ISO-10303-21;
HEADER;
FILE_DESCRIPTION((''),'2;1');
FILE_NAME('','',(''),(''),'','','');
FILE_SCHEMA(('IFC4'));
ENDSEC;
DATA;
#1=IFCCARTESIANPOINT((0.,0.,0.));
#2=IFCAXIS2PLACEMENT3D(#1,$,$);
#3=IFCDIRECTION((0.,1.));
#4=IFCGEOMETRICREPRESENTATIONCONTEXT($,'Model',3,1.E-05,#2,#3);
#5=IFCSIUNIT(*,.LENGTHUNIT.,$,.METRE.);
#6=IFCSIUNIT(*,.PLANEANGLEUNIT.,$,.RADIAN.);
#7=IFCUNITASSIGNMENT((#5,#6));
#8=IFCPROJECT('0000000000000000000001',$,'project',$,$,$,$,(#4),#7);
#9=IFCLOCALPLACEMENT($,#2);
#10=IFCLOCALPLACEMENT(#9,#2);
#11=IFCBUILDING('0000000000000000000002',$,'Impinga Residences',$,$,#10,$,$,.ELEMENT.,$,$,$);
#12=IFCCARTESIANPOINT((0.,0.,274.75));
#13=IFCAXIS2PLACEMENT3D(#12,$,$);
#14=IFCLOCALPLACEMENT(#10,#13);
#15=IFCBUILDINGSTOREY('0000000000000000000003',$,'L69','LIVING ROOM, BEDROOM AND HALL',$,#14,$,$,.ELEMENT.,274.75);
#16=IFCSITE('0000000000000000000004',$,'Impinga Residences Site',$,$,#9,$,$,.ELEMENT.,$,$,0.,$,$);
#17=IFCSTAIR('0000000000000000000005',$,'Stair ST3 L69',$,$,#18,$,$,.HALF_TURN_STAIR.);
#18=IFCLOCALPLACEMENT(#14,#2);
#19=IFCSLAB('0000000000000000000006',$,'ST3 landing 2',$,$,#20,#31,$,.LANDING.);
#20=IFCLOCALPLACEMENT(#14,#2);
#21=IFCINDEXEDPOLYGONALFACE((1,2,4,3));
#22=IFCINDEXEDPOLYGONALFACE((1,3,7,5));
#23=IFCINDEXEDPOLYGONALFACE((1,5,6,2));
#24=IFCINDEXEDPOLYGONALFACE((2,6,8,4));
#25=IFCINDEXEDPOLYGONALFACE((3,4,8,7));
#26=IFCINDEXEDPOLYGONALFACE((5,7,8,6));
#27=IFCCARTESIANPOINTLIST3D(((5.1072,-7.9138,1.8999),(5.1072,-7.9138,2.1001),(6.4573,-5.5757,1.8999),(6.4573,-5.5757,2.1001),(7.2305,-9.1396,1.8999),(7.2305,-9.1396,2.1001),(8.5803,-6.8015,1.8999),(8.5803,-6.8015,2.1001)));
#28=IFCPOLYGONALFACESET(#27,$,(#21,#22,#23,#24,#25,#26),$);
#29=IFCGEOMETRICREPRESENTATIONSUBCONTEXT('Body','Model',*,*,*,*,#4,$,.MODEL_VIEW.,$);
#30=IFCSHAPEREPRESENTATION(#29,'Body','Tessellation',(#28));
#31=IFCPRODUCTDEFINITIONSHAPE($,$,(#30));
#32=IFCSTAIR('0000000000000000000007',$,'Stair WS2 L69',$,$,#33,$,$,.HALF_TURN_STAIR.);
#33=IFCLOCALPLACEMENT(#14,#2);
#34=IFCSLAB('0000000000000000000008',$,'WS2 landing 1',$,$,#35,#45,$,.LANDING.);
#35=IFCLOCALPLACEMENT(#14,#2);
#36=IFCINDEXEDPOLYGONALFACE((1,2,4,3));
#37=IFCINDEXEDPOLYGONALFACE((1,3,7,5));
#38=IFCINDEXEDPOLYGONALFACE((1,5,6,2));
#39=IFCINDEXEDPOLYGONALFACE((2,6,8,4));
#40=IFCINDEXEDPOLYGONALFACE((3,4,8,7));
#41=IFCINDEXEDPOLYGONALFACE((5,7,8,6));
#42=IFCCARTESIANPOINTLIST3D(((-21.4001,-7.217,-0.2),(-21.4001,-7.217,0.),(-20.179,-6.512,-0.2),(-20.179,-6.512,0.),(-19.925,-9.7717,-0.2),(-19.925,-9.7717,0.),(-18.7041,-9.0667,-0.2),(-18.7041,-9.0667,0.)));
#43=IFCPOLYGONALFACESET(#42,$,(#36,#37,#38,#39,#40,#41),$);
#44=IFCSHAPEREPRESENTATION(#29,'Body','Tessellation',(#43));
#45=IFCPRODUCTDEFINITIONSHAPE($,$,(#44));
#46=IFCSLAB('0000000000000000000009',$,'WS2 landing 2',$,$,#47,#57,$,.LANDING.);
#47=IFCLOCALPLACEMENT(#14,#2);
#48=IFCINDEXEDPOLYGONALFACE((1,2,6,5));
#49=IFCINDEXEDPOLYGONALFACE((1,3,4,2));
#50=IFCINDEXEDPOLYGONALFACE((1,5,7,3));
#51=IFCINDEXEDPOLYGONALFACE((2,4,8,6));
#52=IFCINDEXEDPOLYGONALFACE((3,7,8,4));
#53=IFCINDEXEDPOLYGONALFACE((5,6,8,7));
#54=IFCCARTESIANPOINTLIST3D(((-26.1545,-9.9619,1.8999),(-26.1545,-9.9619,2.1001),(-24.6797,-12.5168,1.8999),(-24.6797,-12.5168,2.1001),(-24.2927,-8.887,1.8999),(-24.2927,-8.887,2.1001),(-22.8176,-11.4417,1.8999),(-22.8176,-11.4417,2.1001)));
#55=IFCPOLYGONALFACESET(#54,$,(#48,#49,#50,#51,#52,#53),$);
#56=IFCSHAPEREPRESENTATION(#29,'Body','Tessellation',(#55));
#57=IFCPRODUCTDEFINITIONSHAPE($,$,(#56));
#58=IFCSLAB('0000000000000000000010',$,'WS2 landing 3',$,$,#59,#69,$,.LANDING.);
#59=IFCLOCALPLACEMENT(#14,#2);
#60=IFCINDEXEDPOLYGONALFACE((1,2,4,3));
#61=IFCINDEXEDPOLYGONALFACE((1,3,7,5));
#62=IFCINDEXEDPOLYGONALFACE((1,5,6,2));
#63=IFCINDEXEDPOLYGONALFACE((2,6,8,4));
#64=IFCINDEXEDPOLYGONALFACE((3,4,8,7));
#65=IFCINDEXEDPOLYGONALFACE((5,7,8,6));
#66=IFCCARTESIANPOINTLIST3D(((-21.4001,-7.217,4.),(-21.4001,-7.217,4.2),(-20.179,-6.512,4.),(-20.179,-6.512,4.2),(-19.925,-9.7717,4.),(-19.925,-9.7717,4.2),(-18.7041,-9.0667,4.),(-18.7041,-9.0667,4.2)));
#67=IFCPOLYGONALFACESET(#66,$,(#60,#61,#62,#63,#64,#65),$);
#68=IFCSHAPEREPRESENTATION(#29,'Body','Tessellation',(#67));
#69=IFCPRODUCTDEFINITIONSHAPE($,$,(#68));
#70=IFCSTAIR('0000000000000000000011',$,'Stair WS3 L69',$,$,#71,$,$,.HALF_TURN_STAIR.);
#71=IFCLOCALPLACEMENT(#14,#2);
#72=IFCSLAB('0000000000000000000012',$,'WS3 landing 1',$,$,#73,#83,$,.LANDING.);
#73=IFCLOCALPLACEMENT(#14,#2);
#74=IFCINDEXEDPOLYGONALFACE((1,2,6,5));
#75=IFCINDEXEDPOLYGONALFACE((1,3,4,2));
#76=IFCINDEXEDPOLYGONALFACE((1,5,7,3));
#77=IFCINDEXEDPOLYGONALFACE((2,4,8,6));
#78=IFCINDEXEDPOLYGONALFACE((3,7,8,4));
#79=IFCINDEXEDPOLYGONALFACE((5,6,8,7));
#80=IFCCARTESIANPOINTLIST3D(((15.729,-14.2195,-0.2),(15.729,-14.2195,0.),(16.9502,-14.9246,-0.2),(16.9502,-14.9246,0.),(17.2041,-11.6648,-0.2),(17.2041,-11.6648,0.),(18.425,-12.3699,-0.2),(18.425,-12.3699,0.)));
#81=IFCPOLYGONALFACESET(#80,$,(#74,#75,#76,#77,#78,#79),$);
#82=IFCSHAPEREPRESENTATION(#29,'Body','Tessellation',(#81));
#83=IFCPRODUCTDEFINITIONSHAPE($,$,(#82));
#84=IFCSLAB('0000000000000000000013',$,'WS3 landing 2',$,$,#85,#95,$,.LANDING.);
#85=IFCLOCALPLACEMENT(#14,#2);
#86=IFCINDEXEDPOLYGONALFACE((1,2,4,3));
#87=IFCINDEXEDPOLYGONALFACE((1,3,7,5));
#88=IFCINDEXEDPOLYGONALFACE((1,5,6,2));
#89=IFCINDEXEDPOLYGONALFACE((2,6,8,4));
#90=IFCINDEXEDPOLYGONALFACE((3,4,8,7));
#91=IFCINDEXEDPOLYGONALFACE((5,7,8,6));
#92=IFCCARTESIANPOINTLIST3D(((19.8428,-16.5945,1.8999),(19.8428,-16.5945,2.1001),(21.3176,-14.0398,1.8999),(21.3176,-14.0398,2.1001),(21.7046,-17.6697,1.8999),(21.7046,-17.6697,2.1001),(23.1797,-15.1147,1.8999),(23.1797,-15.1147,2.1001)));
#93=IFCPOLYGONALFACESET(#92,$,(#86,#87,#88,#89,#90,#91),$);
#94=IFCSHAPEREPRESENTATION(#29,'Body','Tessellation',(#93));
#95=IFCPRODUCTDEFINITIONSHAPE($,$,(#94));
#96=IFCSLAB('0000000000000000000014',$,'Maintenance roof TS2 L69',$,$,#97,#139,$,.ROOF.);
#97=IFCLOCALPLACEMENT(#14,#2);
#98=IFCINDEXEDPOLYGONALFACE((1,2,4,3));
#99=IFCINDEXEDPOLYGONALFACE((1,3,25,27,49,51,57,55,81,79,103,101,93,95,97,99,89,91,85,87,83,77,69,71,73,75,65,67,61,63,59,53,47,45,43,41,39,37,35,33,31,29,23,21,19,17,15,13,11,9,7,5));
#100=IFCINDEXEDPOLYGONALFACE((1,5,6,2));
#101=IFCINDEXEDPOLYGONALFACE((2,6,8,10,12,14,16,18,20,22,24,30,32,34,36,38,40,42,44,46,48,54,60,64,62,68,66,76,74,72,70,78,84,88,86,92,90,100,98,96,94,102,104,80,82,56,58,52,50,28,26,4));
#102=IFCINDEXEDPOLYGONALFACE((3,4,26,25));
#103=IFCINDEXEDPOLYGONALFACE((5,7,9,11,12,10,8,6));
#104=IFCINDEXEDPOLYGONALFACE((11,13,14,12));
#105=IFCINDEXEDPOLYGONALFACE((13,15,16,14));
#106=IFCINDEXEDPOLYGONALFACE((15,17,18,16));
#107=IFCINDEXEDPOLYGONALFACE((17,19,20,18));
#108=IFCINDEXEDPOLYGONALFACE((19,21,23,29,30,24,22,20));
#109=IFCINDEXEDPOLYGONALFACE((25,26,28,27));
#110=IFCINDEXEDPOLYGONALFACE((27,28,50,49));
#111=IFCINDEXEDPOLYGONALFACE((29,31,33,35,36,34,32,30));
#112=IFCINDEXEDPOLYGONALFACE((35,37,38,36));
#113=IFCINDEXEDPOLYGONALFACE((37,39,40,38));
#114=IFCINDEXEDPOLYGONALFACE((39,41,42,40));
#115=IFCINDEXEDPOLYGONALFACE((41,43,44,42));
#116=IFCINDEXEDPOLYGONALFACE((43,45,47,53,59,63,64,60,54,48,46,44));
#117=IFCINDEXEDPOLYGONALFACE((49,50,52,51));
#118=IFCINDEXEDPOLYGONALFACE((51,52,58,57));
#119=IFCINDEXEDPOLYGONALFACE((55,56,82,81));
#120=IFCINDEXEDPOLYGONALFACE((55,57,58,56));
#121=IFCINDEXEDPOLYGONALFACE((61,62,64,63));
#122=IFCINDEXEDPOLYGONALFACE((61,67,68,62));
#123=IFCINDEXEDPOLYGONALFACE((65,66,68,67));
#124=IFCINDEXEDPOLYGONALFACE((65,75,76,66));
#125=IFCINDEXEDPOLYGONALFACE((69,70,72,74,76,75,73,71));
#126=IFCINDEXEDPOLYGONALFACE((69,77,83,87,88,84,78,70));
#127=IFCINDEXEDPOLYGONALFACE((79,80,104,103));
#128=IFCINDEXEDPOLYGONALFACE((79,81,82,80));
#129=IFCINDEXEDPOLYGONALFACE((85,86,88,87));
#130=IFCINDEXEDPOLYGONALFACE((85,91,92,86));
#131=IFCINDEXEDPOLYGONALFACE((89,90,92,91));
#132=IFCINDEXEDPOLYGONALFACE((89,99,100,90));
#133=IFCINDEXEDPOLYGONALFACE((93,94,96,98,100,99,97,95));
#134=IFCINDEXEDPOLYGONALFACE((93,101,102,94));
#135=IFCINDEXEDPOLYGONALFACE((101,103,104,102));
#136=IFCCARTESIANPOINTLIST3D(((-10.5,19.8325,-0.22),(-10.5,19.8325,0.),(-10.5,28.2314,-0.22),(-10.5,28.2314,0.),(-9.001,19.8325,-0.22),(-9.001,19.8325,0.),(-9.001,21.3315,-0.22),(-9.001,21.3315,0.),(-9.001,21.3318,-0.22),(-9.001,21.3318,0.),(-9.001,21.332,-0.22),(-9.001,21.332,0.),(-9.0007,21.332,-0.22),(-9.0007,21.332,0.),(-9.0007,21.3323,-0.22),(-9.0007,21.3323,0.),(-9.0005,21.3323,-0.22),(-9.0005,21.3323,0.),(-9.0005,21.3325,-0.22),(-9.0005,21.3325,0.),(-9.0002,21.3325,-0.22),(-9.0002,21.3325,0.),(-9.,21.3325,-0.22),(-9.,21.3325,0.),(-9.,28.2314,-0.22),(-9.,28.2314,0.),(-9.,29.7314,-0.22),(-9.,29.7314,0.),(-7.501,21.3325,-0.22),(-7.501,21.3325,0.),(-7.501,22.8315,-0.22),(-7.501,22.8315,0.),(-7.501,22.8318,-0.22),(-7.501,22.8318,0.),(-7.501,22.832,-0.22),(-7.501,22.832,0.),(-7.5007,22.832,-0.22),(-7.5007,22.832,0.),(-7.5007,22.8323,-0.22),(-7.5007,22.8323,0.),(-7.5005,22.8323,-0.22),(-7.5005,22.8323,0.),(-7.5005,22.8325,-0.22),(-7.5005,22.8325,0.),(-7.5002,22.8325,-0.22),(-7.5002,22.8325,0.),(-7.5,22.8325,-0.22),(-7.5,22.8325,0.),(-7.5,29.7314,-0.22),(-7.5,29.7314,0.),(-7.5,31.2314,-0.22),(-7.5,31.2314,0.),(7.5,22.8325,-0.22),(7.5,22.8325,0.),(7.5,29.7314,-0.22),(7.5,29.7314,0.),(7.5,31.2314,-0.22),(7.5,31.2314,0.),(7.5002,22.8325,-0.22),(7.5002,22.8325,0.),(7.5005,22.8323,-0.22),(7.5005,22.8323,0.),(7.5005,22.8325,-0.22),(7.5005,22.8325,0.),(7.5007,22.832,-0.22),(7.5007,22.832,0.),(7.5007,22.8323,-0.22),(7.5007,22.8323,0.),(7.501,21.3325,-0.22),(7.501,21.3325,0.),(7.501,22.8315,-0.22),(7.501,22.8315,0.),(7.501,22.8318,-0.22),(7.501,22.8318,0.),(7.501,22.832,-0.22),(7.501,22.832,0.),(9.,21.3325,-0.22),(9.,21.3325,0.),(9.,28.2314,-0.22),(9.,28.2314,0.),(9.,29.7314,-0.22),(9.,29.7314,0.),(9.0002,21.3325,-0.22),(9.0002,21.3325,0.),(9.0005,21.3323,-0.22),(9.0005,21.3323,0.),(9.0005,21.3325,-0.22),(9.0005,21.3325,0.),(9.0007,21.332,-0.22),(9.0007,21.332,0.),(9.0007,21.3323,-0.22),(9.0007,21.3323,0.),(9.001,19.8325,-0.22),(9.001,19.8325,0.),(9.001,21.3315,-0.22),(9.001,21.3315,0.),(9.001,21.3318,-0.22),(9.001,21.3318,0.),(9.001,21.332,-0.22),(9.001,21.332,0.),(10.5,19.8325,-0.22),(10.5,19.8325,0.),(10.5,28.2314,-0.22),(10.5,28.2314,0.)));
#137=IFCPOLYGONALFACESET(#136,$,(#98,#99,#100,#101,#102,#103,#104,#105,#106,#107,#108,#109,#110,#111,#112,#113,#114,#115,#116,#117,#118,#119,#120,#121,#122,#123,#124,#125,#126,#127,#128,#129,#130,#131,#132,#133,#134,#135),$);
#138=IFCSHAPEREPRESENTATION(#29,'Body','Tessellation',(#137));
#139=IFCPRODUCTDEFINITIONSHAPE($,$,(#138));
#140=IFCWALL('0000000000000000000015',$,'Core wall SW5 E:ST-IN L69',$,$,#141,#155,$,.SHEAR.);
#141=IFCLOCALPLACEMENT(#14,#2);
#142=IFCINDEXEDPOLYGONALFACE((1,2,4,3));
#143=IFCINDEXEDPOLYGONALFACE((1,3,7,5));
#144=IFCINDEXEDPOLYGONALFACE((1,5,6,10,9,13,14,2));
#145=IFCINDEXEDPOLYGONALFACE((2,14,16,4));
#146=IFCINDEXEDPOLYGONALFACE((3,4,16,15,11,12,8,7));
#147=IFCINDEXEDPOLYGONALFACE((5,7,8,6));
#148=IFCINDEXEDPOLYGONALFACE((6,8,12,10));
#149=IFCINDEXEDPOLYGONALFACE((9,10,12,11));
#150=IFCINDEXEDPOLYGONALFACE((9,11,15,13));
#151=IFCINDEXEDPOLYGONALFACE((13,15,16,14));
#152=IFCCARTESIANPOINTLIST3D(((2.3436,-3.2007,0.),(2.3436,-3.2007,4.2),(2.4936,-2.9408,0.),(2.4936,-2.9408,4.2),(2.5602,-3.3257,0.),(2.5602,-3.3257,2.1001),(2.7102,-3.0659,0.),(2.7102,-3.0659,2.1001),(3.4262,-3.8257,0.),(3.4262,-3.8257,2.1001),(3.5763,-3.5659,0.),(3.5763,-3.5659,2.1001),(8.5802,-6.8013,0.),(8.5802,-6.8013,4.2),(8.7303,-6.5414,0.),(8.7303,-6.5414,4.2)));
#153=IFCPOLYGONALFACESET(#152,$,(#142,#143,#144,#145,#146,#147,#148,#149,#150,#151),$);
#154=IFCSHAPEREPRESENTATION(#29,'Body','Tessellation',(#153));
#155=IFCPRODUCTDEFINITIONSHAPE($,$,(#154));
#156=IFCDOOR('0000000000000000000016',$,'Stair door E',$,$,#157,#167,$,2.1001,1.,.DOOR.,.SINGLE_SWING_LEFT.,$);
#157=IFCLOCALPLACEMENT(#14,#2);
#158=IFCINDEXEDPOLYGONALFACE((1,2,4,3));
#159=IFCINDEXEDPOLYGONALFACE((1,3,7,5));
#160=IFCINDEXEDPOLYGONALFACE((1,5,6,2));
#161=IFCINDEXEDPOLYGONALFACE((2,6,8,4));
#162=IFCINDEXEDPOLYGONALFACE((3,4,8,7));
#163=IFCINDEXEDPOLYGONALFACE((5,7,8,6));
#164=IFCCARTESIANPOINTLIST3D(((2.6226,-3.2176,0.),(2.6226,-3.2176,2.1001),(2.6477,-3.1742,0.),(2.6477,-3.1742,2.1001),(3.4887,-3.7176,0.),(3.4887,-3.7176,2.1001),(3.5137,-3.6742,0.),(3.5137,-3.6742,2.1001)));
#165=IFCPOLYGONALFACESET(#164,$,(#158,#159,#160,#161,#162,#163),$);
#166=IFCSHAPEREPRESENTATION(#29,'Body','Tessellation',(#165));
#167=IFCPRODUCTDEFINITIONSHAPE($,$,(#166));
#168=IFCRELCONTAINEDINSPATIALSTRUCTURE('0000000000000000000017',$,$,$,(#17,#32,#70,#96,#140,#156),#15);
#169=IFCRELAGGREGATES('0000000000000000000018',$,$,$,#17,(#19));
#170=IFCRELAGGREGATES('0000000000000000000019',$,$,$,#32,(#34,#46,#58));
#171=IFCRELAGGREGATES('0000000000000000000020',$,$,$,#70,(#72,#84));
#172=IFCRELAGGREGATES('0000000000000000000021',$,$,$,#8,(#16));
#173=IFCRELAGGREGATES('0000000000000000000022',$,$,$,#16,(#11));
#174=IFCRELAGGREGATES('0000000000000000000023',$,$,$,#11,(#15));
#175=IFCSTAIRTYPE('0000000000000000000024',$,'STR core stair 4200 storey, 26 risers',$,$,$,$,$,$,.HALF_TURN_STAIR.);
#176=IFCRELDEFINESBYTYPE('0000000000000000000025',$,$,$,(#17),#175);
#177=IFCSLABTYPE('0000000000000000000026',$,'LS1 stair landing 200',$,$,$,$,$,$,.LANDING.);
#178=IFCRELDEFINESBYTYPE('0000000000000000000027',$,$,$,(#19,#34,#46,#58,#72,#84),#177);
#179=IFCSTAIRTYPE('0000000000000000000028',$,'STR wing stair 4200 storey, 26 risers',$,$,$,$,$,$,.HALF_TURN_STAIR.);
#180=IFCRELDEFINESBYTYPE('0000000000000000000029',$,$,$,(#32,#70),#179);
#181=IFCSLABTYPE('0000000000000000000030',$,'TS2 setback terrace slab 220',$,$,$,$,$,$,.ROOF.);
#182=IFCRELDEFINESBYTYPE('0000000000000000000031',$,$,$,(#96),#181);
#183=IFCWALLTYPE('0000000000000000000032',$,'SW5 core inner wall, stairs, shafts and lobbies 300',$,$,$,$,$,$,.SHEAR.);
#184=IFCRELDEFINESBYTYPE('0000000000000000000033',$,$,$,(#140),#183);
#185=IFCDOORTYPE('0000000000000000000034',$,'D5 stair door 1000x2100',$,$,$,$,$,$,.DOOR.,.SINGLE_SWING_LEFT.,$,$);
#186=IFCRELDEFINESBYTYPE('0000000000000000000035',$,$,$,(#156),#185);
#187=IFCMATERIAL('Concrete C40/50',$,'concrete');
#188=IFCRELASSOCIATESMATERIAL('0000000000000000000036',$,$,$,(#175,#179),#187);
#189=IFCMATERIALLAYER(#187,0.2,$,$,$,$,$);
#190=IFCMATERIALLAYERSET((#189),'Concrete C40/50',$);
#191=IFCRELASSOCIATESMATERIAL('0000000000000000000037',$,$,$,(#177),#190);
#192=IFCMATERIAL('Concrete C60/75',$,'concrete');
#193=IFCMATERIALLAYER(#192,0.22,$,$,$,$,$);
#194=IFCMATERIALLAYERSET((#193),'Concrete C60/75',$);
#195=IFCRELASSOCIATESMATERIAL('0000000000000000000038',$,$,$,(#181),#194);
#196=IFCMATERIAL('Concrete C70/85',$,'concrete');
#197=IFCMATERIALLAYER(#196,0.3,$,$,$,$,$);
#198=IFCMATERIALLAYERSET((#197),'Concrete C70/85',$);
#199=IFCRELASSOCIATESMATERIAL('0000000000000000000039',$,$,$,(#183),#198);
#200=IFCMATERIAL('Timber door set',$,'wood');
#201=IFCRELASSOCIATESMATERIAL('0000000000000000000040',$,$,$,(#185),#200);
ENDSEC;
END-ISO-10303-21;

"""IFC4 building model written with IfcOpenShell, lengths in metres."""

from ifc_helpers import new_model, si_unit, direction, frame, frame_2d, origin, place, context, subcontext, project, spatial, polyline, rectangle, outline, extrude, material, layer, layer_set, type_object, element, fill, aggregate, save


model = new_model("IFC4")

# Units and contexts
model_context = context("Model", 3, precision=1e-05, world=origin(), true_north=direction((0.0, 1.0)))
body_context = subcontext(model_context, "Body", "Model", "MODEL_VIEW")
ifc_project = project(units=[si_unit("LENGTHUNIT", "METRE"), si_unit("PLANEANGLEUNIT", "RADIAN")], contexts=[model_context])

# Site, building, storey
site_placement = place(None, origin())
site = spatial("IfcSite", under=ifc_project, at=site_placement, Name="Impinga Residences Site", CompositionType="ELEMENT", RefElevation=0.0)
building_placement = place(site_placement, origin())
building = spatial("IfcBuilding", under=site, at=building_placement, Name="Impinga Residences", CompositionType="ELEMENT")
storey_placement = place(building_placement, frame((0.0, 0.0, 274.75)))
storey = spatial("IfcBuildingStorey", under=building, at=storey_placement, Name="L69", Description="LIVING ROOM, BEDROOM AND HALL", CompositionType="ELEMENT", Elevation=274.75)

# Shared definitions
ifc_material_1 = material(Name="Concrete C60/75", Category="concrete")

# Stairs, slabs
ifc_material_2 = material(Name="Concrete C40/50", Category="concrete")
stair_type_1 = type_object("IfcStairType", Name="STR core stair 4200 storey, 26 risers", PredefinedType="HALF_TURN_STAIR", material=ifc_material_2)
ifc_layer_1 = layer(ifc_material_2, 0.2)
ifc_layer_set_1 = layer_set([ifc_layer_1], Name="Concrete C40/50")
slab_type_1 = type_object("IfcSlabType", Name="LS1 stair landing 200", PredefinedType="LANDING", material=ifc_layer_set_1)
stair_1_placement = place(storey_placement, origin())
stair_1 = element("IfcStair", 1, at=stair_1_placement, inside=storey, type_object=stair_type_1, Name="Stair ST3 L69", PredefinedType="HALF_TURN_STAIR")
slab_1_placement = place(storey_placement, frame((0.0, 0.0, 1.8999)))
slab_1 = element("IfcSlab", 2, at=slab_1_placement, type_object=slab_type_1, Name="ST3 landing 2", PredefinedType="LANDING", context=body_context, shape_type="SweptSolid", body=[
    extrude(outline(polyline([(6.4573, -5.5757), (5.1072, -7.9138), (7.2305, -9.1396), (8.5803, -6.8015), (6.4573, -5.5757)])), origin(), (0.0, 0.0, 1.0), 0.2002),
])
aggregate(stair_1, [slab_1])
stair_type_2 = type_object("IfcStairType", Name="STR wing stair 4200 storey, 26 risers", PredefinedType="HALF_TURN_STAIR", material=ifc_material_2)
stair_2_placement = place(storey_placement, origin())
stair_2 = element("IfcStair", 3, at=stair_2_placement, inside=storey, type_object=stair_type_2, Name="Stair WS2 L69", PredefinedType="HALF_TURN_STAIR")
slab_2_placement = place(storey_placement, frame((0.0, 0.0, -0.2)))
slab_2 = element("IfcSlab", 4, at=slab_2_placement, type_object=slab_type_1, Name="WS2 landing 1", PredefinedType="LANDING", context=body_context, shape_type="SweptSolid", body=[
    extrude(outline(polyline([(-18.7041, -9.0667), (-20.179, -6.512), (-21.4001, -7.217), (-19.925, -9.7717), (-18.7041, -9.0667)])), origin(), (0.0, 0.0, 1.0), 0.2),
])
slab_3_placement = place(storey_placement, frame((0.0, 0.0, 1.8999)))
slab_3 = element("IfcSlab", 5, at=slab_3_placement, type_object=slab_type_1, Name="WS2 landing 2", PredefinedType="LANDING", context=body_context, shape_type="SweptSolid", body=[
    extrude(outline(polyline([(-22.8176, -11.4417), (-24.2927, -8.887), (-26.1545, -9.9619), (-24.6797, -12.5168), (-22.8176, -11.4417)])), origin(), (0.0, 0.0, 1.0), 0.2002),
])
slab_4_placement = place(storey_placement, frame((0.0, 0.0, 4.0)))
slab_4 = element("IfcSlab", 6, at=slab_4_placement, type_object=slab_type_1, Name="WS2 landing 3", PredefinedType="LANDING", context=body_context, shape_type="SweptSolid", body=[
    extrude(outline(polyline([(-18.7041, -9.0667), (-20.179, -6.512), (-21.4001, -7.217), (-19.925, -9.7717), (-18.7041, -9.0667)])), origin(), (0.0, 0.0, 1.0), 0.2),
])
aggregate(stair_2, [slab_2, slab_3, slab_4])
stair_3_placement = place(storey_placement, origin())
stair_3 = element("IfcStair", 7, at=stair_3_placement, inside=storey, type_object=stair_type_2, Name="Stair WS3 L69", PredefinedType="HALF_TURN_STAIR")
slab_5_placement = place(storey_placement, frame((0.0, 0.0, -0.2)))
slab_5 = element("IfcSlab", 8, at=slab_5_placement, type_object=slab_type_1, Name="WS3 landing 1", PredefinedType="LANDING", context=body_context, shape_type="SweptSolid", body=[
    extrude(outline(polyline([(17.2041, -11.6648), (15.729, -14.2195), (16.9502, -14.9246), (18.425, -12.3699), (17.2041, -11.6648)])), origin(), (0.0, 0.0, 1.0), 0.2),
])
slab_6_placement = place(storey_placement, frame((0.0, 0.0, 1.8999)))
slab_6 = element("IfcSlab", 9, at=slab_6_placement, type_object=slab_type_1, Name="WS3 landing 2", PredefinedType="LANDING", context=body_context, shape_type="SweptSolid", body=[
    extrude(outline(polyline([(21.3176, -14.0398), (19.8428, -16.5945), (21.7046, -17.6697), (23.1797, -15.1147), (21.3176, -14.0398)])), origin(), (0.0, 0.0, 1.0), 0.2002),
])
aggregate(stair_3, [slab_5, slab_6])

# Slab
ifc_layer_2 = layer(ifc_material_1, 0.22)
ifc_layer_set_2 = layer_set([ifc_layer_2], Name="Concrete C60/75")
slab_type_2 = type_object("IfcSlabType", Name="TS2 setback terrace slab 220", PredefinedType="ROOF", material=ifc_layer_set_2)
slab_7_placement = place(storey_placement, frame((0.0, 0.0, -0.22)))
element("IfcSlab", 10, at=slab_7_placement, inside=storey, type_object=slab_type_2, Name="Maintenance roof TS2 L69", PredefinedType="ROOF", context=body_context, shape_type="SweptSolid", body=[
    extrude(outline(polyline([(-10.5, 28.2314), (-9.0, 28.2314), (-9.0, 29.7314), (-7.5, 29.7314), (-7.5, 31.2314), (7.5, 31.2314), (7.5, 29.7314), (9.0, 29.7314), (9.0, 28.2314), (10.5, 28.2314), (10.5, 19.8325), (9.001, 19.8325), (9.001, 21.3315), (9.001, 21.3315), (9.001, 21.3318), (9.001, 21.3318), (9.001, 21.332), (9.001, 21.332), (9.0007, 21.332), (9.0007, 21.3323), (9.0007, 21.3323), (9.0007, 21.3323), (9.0005, 21.3323), (9.0005, 21.3325), (9.0005, 21.3325), (9.0002, 21.3325), (9.0002, 21.3325), (9.0, 21.3325), (9.0, 21.3325), (7.501, 21.3325), (7.501, 22.8315), (7.501, 22.8315), (7.501, 22.8318), (7.501, 22.8318), (7.501, 22.832), (7.501, 22.832), (7.5007, 22.832), (7.5007, 22.8323), (7.5007, 22.8323), (7.5007, 22.8323), (7.5005, 22.8323), (7.5005, 22.8325), (7.5005, 22.8325), (7.5002, 22.8325), (7.5002, 22.8325), (7.5, 22.8325), (7.5, 22.8325), (-7.5, 22.8325), (-7.5, 22.8325), (-7.5002, 22.8325), (-7.5002, 22.8325), (-7.5005, 22.8325), (-7.5005, 22.8325), (-7.5005, 22.8323), (-7.5007, 22.8323), (-7.5007, 22.8323), (-7.5007, 22.8323), (-7.5007, 22.832), (-7.501, 22.832), (-7.501, 22.832), (-7.501, 22.8318), (-7.501, 22.8318), (-7.501, 22.8315), (-7.501, 22.8315), (-7.501, 21.3325), (-9.0, 21.3325), (-9.0, 21.3325), (-9.0002, 21.3325), (-9.0002, 21.3325), (-9.0005, 21.3325), (-9.0005, 21.3325), (-9.0005, 21.3323), (-9.0007, 21.3323), (-9.0007, 21.3323), (-9.0007, 21.3323), (-9.0007, 21.332), (-9.001, 21.332), (-9.001, 21.332), (-9.001, 21.3318), (-9.001, 21.3318), (-9.001, 21.3315), (-9.001, 21.3315), (-9.001, 19.8325), (-10.5, 19.8325), (-10.5, 28.2314)])), origin(), (0.0, 0.0, 1.0), 0.22),
])

# Wall, opening, door
ifc_material_3 = material(Name="Concrete C70/85", Category="concrete")
ifc_layer_3 = layer(ifc_material_3, 0.3)
ifc_layer_set_3 = layer_set([ifc_layer_3], Name="Concrete C70/85")
wall_type = type_object("IfcWallType", Name="SW5 core inner wall, stairs, shafts and lobbies 300", PredefinedType="SHEAR", material=ifc_layer_set_3)
wall_1_placement = place(storey_placement, frame((2.4187, -3.0708, 0.0), z_axis=(0.0, 0.0, 1.0), x_axis=(0.866031, -0.49999, 0.0)))
wall_1 = element("IfcWall", 11, at=wall_1_placement, inside=storey, type_object=wall_type, Name="Core wall SW5 E:ST-IN L69", PredefinedType="SHEAR", context=body_context, shape_type="SweptSolid", body=[
    extrude(rectangle(XDim=7.2014, YDim=0.3, at=frame_2d((3.6006, 0.0))), origin(), (0.0, 0.0, 1.0), 4.2),
])
opening_1_placement = place(wall_1_placement, frame((0.25, 0.0, 0.0)))
opening_1 = element("IfcOpeningElement", 12, at=opening_1_placement, cuts=wall_1, PredefinedType="OPENING", context=body_context, shape_type="SweptSolid", body=[
    extrude(rectangle(XDim=1.0, YDim=2.1001, at=frame_2d((0.5, 1.05))), frame((0.0, 0.1599, 0.0), z_axis=(0.0, -1.0, 0.0), x_axis=(1.0, 0.0, 0.0)), (0.0, 0.0, 1.0), 0.3201),
])
ifc_material_4 = material(Name="Timber door set", Category="wood")
door_type_1 = type_object("IfcDoorType", Name="D5 stair door 1000x2100", OperationType="SINGLE_SWING_LEFT", PredefinedType="DOOR", material=ifc_material_4)
door_1_placement = place(opening_1_placement, origin())
door_1 = element("IfcDoor", 13, at=door_1_placement, inside=storey, type_object=door_type_1, Name="Stair door E", OperationType="SINGLE_SWING_LEFT", OverallHeight=2.1001, OverallWidth=1.0, PredefinedType="DOOR", context=body_context, shape_type="SweptSolid", body=[
    extrude(rectangle(XDim=1.0, YDim=2.1001, at=frame_2d((0.5, 1.05))), frame((0.0, 0.0249, 0.0), z_axis=(0.0, -1.0, 0.0), x_axis=(1.0, 0.0, 0.0)), (0.0, 0.0, 1.0), 0.05),
])
fill(opening_1, door_1)

save(model, "model.ifc")
